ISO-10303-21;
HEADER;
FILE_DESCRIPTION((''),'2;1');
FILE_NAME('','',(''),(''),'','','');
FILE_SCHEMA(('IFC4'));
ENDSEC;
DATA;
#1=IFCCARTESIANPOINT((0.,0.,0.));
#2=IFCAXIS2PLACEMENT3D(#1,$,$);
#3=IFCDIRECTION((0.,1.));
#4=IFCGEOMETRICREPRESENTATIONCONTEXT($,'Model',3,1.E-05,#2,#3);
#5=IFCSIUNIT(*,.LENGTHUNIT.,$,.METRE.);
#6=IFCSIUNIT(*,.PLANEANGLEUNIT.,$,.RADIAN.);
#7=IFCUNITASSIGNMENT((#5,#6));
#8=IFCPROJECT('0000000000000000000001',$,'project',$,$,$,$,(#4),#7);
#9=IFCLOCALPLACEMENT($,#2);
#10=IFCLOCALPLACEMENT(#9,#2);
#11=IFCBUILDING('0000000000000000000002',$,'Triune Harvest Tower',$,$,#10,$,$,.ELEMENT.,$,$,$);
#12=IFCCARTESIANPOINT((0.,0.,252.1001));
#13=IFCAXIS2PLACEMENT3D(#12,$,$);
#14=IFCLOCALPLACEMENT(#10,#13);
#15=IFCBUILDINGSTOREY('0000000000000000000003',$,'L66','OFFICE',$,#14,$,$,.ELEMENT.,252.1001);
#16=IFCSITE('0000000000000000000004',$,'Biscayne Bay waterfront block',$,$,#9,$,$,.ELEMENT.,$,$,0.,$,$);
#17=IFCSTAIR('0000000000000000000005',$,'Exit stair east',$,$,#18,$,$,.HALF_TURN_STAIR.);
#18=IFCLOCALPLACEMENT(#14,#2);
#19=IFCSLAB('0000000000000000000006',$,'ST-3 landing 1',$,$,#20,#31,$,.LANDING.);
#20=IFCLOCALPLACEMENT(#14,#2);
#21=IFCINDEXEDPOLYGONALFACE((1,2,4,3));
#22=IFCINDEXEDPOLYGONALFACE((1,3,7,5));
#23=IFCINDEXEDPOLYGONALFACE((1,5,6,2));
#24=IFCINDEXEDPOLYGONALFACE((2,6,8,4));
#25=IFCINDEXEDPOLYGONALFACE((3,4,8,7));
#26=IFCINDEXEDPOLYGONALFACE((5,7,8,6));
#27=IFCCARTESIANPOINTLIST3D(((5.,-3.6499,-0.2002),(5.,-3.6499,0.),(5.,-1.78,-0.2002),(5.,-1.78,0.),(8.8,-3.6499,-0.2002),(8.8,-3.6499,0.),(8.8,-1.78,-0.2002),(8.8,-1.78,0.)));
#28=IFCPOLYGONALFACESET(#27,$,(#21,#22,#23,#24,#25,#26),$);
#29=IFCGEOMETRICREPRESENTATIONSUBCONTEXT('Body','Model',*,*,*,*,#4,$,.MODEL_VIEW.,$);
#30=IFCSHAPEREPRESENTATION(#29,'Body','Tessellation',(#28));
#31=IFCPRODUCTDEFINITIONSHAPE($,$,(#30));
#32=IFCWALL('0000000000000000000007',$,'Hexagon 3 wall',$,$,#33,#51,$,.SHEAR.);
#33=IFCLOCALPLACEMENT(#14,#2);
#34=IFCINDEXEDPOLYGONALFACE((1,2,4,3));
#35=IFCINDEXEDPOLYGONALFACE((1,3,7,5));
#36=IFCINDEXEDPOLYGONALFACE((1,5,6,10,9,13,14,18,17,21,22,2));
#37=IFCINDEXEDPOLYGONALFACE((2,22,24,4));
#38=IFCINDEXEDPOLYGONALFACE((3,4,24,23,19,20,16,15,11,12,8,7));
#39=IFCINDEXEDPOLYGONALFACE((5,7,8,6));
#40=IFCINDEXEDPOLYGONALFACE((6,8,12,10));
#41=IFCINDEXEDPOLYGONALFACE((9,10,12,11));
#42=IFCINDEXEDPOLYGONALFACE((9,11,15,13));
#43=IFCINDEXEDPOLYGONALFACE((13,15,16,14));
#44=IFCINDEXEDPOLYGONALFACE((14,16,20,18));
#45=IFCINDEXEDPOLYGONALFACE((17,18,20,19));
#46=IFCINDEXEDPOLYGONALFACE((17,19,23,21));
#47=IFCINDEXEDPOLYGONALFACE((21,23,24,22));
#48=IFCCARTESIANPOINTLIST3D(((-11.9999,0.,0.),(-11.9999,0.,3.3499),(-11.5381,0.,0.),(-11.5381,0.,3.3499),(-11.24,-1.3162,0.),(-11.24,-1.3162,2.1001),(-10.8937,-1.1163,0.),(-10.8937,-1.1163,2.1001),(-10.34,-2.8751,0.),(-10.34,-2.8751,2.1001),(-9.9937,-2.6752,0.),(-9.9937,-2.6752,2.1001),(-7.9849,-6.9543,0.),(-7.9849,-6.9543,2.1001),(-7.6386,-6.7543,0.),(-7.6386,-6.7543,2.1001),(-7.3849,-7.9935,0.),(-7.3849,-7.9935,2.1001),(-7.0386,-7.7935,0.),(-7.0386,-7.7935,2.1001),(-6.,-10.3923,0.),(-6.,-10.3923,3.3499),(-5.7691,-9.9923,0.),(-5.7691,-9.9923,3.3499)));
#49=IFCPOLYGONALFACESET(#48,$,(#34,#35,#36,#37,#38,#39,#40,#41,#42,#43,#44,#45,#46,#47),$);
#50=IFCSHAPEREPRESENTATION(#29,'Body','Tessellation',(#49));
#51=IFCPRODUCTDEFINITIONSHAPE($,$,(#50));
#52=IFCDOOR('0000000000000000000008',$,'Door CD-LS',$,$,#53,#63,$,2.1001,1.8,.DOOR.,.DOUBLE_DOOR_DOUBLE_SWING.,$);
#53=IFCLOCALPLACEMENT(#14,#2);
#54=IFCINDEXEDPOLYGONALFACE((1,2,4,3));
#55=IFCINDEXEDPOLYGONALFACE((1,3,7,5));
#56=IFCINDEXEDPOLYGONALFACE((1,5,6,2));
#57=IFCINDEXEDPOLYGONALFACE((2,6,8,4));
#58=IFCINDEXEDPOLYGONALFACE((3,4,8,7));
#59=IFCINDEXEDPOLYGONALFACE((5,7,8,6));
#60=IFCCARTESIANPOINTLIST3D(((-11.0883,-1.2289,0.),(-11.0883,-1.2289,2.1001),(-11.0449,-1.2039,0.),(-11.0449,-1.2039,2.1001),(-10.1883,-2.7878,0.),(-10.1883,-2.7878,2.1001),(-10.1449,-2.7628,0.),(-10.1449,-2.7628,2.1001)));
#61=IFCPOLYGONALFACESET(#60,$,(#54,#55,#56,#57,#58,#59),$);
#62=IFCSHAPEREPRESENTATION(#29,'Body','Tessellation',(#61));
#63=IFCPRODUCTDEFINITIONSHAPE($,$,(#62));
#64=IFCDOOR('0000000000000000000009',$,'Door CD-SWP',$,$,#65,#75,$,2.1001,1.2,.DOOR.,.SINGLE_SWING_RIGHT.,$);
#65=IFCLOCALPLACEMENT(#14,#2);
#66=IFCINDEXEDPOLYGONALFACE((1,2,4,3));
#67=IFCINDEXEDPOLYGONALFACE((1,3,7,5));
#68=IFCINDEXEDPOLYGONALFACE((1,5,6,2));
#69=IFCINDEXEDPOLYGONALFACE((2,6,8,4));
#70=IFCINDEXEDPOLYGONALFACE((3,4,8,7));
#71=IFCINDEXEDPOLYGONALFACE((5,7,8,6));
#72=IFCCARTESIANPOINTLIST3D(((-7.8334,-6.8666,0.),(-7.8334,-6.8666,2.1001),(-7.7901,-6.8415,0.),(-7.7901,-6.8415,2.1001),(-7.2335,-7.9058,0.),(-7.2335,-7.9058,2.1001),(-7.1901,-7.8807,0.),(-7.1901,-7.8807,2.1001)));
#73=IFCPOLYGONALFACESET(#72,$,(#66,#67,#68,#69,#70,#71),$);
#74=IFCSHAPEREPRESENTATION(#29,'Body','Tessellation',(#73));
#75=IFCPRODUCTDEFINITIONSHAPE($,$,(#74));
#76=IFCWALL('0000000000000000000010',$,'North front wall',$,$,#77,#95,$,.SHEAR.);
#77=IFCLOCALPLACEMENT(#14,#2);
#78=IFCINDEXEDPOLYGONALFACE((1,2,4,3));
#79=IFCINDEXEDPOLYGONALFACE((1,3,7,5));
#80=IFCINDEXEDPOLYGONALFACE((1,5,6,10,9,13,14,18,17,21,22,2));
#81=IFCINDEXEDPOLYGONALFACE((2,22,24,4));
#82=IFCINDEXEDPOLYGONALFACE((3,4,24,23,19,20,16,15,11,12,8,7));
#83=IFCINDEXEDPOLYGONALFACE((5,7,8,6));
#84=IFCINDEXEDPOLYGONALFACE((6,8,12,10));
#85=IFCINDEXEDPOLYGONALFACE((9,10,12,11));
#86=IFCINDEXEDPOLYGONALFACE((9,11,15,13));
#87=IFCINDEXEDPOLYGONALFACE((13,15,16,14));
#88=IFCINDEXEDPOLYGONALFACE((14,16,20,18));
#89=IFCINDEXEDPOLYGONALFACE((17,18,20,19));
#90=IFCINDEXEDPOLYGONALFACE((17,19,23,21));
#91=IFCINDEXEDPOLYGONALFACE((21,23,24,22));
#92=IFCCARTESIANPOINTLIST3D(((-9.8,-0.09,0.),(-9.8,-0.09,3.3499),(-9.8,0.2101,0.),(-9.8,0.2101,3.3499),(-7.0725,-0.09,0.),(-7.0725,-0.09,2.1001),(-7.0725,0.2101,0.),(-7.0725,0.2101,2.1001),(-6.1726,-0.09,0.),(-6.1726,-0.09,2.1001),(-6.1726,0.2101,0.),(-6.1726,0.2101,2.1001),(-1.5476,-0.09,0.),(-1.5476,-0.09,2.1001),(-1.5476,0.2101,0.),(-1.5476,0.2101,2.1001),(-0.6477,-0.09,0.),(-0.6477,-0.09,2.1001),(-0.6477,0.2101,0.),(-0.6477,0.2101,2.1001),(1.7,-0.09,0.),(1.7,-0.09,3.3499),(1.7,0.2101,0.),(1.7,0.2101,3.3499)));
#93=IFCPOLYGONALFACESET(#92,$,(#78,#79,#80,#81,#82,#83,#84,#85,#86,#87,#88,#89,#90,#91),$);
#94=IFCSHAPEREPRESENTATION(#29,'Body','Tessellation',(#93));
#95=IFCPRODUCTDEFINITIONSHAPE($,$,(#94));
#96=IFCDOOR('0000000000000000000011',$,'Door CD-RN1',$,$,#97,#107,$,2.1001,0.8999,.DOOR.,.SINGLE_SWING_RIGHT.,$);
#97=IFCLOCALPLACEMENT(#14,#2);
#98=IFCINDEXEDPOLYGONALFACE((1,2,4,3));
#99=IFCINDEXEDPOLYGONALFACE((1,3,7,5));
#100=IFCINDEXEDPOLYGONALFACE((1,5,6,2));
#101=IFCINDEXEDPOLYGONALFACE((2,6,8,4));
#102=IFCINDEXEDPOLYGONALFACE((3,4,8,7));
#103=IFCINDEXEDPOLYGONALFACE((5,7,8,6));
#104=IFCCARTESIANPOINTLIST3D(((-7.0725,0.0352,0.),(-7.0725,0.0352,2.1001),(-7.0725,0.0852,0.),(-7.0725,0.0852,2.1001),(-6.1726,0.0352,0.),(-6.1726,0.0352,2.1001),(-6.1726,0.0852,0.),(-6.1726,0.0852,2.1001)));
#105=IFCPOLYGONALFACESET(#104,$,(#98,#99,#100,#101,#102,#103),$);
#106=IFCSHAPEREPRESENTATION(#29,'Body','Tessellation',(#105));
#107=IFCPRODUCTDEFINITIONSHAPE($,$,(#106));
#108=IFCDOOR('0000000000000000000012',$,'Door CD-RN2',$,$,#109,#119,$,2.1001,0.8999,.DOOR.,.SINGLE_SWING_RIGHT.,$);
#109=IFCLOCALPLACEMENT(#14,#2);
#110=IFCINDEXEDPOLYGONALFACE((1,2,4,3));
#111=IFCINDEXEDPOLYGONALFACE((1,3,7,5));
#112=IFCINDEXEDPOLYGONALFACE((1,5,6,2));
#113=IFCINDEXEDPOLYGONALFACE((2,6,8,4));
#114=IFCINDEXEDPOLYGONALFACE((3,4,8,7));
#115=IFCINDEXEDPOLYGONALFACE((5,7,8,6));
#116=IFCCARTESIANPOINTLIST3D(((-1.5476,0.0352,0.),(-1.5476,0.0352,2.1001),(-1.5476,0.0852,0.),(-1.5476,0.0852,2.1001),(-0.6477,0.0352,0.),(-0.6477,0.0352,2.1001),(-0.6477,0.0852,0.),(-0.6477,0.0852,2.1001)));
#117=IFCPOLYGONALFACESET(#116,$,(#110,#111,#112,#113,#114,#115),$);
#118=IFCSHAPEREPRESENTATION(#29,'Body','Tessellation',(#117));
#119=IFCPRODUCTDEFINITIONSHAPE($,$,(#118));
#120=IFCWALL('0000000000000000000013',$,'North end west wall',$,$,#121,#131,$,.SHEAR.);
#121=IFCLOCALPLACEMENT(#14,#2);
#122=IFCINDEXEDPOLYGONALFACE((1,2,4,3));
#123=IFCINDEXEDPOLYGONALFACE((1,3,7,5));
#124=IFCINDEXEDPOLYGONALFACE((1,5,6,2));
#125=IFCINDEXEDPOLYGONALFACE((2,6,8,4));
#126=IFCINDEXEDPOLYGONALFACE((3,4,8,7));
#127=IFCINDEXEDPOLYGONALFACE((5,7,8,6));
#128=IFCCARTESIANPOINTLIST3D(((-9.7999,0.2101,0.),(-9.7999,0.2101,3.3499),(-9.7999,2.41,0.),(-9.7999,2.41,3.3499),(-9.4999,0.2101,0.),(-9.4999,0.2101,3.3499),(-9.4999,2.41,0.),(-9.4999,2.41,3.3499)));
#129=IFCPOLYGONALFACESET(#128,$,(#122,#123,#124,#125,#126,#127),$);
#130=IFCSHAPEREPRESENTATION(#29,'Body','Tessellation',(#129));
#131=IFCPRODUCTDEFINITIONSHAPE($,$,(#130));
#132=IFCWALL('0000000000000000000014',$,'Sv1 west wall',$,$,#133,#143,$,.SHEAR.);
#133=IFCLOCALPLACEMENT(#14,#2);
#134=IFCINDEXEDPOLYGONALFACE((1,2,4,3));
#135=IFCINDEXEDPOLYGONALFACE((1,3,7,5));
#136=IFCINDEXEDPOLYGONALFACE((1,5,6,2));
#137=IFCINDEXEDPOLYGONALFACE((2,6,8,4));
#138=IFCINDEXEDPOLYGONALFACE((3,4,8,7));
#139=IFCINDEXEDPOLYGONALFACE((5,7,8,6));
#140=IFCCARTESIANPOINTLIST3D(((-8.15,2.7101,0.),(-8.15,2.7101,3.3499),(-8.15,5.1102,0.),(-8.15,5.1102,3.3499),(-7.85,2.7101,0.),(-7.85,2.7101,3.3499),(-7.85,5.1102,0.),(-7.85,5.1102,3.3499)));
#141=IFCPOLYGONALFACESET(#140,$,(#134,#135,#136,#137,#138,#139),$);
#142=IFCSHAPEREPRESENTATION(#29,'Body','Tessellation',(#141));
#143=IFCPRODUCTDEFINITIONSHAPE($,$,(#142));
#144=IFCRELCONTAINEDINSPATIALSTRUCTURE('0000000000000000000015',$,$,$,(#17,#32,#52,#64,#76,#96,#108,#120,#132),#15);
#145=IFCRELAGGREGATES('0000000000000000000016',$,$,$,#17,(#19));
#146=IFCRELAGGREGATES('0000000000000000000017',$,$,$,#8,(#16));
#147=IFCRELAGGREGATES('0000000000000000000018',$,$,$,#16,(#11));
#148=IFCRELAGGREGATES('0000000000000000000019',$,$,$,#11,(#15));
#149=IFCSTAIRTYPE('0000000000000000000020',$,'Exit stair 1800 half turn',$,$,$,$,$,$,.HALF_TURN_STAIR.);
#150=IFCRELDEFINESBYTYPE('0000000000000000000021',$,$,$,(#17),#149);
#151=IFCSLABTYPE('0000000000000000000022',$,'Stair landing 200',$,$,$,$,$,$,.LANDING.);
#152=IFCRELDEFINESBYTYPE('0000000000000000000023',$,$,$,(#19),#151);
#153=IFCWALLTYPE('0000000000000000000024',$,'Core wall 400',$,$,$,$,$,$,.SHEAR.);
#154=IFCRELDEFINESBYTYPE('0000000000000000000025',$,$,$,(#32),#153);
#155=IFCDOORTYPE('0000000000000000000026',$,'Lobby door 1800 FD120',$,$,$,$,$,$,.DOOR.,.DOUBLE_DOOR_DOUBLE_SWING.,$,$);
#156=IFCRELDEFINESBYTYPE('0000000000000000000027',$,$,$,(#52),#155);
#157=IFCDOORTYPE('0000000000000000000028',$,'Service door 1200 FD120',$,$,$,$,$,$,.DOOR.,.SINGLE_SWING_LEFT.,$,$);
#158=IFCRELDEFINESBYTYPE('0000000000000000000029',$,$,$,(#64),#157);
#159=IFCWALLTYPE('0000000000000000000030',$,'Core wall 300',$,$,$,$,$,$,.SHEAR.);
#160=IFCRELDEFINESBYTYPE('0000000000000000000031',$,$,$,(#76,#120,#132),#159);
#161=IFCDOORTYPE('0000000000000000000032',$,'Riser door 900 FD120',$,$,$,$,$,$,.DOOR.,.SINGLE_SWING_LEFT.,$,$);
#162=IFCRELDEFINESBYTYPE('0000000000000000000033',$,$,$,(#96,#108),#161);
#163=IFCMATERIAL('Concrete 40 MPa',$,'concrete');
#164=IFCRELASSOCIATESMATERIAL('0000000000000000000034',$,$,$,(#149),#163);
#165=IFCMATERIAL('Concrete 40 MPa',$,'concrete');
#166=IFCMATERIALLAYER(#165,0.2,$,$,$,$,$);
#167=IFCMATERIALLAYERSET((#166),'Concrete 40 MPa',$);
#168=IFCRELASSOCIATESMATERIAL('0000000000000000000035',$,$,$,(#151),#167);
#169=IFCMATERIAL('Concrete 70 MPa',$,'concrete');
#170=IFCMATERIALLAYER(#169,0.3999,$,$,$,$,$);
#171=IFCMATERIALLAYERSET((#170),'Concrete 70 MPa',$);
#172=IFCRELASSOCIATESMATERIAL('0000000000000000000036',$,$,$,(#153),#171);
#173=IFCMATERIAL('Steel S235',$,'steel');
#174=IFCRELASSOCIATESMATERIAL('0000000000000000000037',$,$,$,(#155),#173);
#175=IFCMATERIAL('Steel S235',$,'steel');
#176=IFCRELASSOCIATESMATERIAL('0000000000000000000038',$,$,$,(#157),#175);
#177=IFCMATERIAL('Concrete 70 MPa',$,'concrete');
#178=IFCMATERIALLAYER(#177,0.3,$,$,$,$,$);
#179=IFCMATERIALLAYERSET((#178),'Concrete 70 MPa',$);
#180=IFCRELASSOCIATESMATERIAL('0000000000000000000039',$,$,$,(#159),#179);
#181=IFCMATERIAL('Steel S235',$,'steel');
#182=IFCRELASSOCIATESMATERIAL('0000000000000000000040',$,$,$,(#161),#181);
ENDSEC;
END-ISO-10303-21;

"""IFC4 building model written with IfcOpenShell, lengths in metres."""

from ifc_helpers import new_model, si_unit, direction, frame, frame_2d, origin, place, context, subcontext, project, spatial, polyline, rectangle, outline, extrude, source, transform, mapped, material, layer, layer_set, type_object, element, fill, aggregate, save


model = new_model("IFC4")

# Units and contexts
model_context = context("Model", 3, precision=1e-05, world=origin(), true_north=direction((0.0, 1.0)))
body_context = subcontext(model_context, "Body", "Model", "MODEL_VIEW")
ifc_project = project(units=[si_unit("LENGTHUNIT", "METRE"), si_unit("PLANEANGLEUNIT", "RADIAN")], contexts=[model_context])

# Site, building, storey
site_placement = place(None, origin())
site = spatial("IfcSite", under=ifc_project, at=site_placement, Name="Biscayne Bay waterfront block", CompositionType="ELEMENT", RefElevation=0.0)
building_placement = place(site_placement, origin())
building = spatial("IfcBuilding", under=site, at=building_placement, Name="Triune Harvest Tower", CompositionType="ELEMENT")
storey_placement = place(building_placement, frame((0.0, 0.0, 252.1001)))
storey = spatial("IfcBuildingStorey", under=building, at=storey_placement, Name="L66", Description="OFFICE", CompositionType="ELEMENT", Elevation=252.1001)

# Stair, slab
ifc_material_1 = material(Name="Concrete 40 MPa", Category="concrete")
stair_type = type_object("IfcStairType", Name="Exit stair 1800 half turn", PredefinedType="HALF_TURN_STAIR", material=ifc_material_1)
ifc_material_2 = material(Name="Concrete 40 MPa", Category="concrete")
ifc_layer_1 = layer(ifc_material_2, 0.2)
ifc_layer_set_1 = layer_set([ifc_layer_1], Name="Concrete 40 MPa")
slab_type_1 = type_object("IfcSlabType", Name="Stair landing 200", PredefinedType="LANDING", material=ifc_layer_set_1)
stair_1_placement = place(storey_placement, origin())
stair_1 = element("IfcStair", 1, at=stair_1_placement, inside=storey, type_object=stair_type, Name="Exit stair east", PredefinedType="HALF_TURN_STAIR")
shared_shape_1 = source(origin(), body_context, "Body", "SweptSolid", [
    extrude(outline(polyline([(8.8, -3.6499), (8.8, -1.78), (5.0, -1.78), (5.0, -3.6499), (8.8, -3.6499)])), origin(), (0.0, 0.0, 1.0), 0.2002),
])
slab_1_placement = place(storey_placement, frame((0.0, 0.0, -0.2002)))
slab_1 = element("IfcSlab", 2, at=slab_1_placement, type_object=slab_type_1, Name="ST-3 landing 1", PredefinedType="LANDING", context=body_context, shape_type="MappedRepresentation", body=[
    mapped(shared_shape_1, transform((0.0, 0.0, 0.0), scale=1.0)),
])
aggregate(stair_1, [slab_1])

# Walls, openings, doors
ifc_material_3 = material(Name="Concrete 70 MPa", Category="concrete")
ifc_layer_2 = layer(ifc_material_3, 0.3999)
ifc_layer_set_2 = layer_set([ifc_layer_2], Name="Concrete 70 MPa")
wall_type_1 = type_object("IfcWallType", Name="Core wall 400", PredefinedType="SHEAR", material=ifc_layer_set_2)
shared_shape_2 = source(origin(), body_context, "Body", "SweptSolid", [
    extrude(outline(polyline([(-0.1155, -0.2), (11.8845, -0.2), (11.6536, 0.2), (0.1155, 0.2), (-0.1155, -0.2)])), origin(), (0.0, 0.0, 1.0), 3.3499),
])
wall_1_placement = place(storey_placement, frame((-11.769, 0.0, 0.0), z_axis=(0.0, 0.0, 1.0), x_axis=(0.499997, -0.866027, 0.0)))
wall_1 = element("IfcWall", 3, at=wall_1_placement, inside=storey, type_object=wall_type_1, Name="Hexagon 3 wall", PredefinedType="SHEAR", context=body_context, shape_type="MappedRepresentation", body=[
    mapped(shared_shape_2, transform((0.0, 0.0, 0.0), scale=1.0)),
])
opening_1_placement = place(wall_1_placement, frame((1.4045, 0.0, 0.0)))
opening_1 = element("IfcOpeningElement", 4, at=opening_1_placement, cuts=wall_1, PredefinedType="OPENING", context=body_context, shape_type="SweptSolid", body=[
    extrude(rectangle(XDim=1.8, YDim=2.1001, at=frame_2d((0.8999, 1.05))), frame((0.0, 0.21, 0.0), z_axis=(0.0, -1.0, 0.0), x_axis=(1.0, 0.0, 0.0)), (0.0, 0.0, 1.0), 0.4199),
])
opening_2_placement = place(wall_1_placement, frame((7.9146, 0.0, 0.0)))
opening_2 = element("IfcOpeningElement", 5, at=opening_2_placement, cuts=wall_1, PredefinedType="OPENING", context=body_context, shape_type="SweptSolid", body=[
    extrude(rectangle(XDim=1.2, YDim=2.1001, at=frame_2d((0.6001, 1.05))), frame((0.0, 0.21, 0.0), z_axis=(0.0, -1.0, 0.0), x_axis=(1.0, 0.0, 0.0)), (0.0, 0.0, 1.0), 0.4199),
])
ifc_material_4 = material(Name="Steel S235", Category="steel")
door_type_1 = type_object("IfcDoorType", Name="Lobby door 1800 FD120", OperationType="DOUBLE_DOOR_DOUBLE_SWING", PredefinedType="DOOR", material=ifc_material_4)
door_1_placement = place(opening_1_placement, frame((1.8, 0.0, 0.0), z_axis=(0.0, 0.0, 1.0), x_axis=(-1.0, 0.0, 0.0)))
door_1 = element("IfcDoor", 6, at=door_1_placement, inside=storey, type_object=door_type_1, Name="Door CD-LS", OperationType="DOUBLE_DOOR_DOUBLE_SWING", OverallHeight=2.1001, OverallWidth=1.8, PredefinedType="DOOR", context=body_context, shape_type="SweptSolid", body=[
    extrude(rectangle(XDim=1.8, YDim=2.1001, at=frame_2d((0.8999, 1.05))), frame((0.0, 0.0249, 0.0), z_axis=(0.0, -1.0, 0.0), x_axis=(1.0, 0.0, 0.0)), (0.0, 0.0, 1.0), 0.05),
])
fill(opening_1, door_1)
ifc_material_5 = material(Name="Steel S235", Category="steel")
door_type_2 = type_object("IfcDoorType", Name="Service door 1200 FD120", OperationType="SINGLE_SWING_LEFT", PredefinedType="DOOR", material=ifc_material_5)
door_2_placement = place(opening_2_placement, frame((1.2, 0.0, 0.0), z_axis=(0.0, 0.0, 1.0), x_axis=(-1.0, 0.0, 0.0)))
door_2 = element("IfcDoor", 7, at=door_2_placement, inside=storey, type_object=door_type_2, Name="Door CD-SWP", OperationType="SINGLE_SWING_RIGHT", OverallHeight=2.1001, OverallWidth=1.2, PredefinedType="DOOR", context=body_context, shape_type="SweptSolid", body=[
    extrude(rectangle(XDim=1.2, YDim=2.1001, at=frame_2d((0.6001, 1.05))), frame((0.0, 0.0249, 0.0), z_axis=(0.0, -1.0, 0.0), x_axis=(1.0, 0.0, 0.0)), (0.0, 0.0, 1.0), 0.05),
])
fill(opening_2, door_2)
ifc_material_6 = material(Name="Concrete 70 MPa", Category="concrete")
ifc_layer_3 = layer(ifc_material_6, 0.3)
ifc_layer_set_3 = layer_set([ifc_layer_3], Name="Concrete 70 MPa")
wall_type_2 = type_object("IfcWallType", Name="Core wall 300", PredefinedType="SHEAR", material=ifc_layer_set_3)
shared_shape_3 = source(origin(), body_context, "Body", "SweptSolid", [
    extrude(rectangle(XDim=11.5, YDim=0.3, at=frame_2d((5.75, 0.0))), origin(), (0.0, 0.0, 1.0), 3.3499),
])
wall_2_placement = place(storey_placement, frame((-9.8, 0.0601, 0.0), z_axis=(0.0, 0.0, 1.0), x_axis=(1.0, 0.0, 0.0)))
wall_2 = element("IfcWall", 8, at=wall_2_placement, inside=storey, type_object=wall_type_2, Name="North front wall", PredefinedType="SHEAR", context=body_context, shape_type="MappedRepresentation", body=[
    mapped(shared_shape_3, transform((0.0, 0.0, 0.0), scale=1.0)),
])
opening_3_placement = place(wall_2_placement, frame((2.7275, 0.0, 0.0)))
opening_3 = element("IfcOpeningElement", 9, at=opening_3_placement, cuts=wall_2, PredefinedType="OPENING", context=body_context, shape_type="SweptSolid", body=[
    extrude(rectangle(XDim=0.8999, YDim=2.1001, at=frame_2d((0.45, 1.05))), frame((0.0, 0.1602, 0.0), z_axis=(0.0, -1.0, 0.0), x_axis=(1.0, 0.0, 0.0)), (0.0, 0.0, 1.0), 0.3201),
])
opening_4_placement = place(wall_2_placement, frame((8.2524, 0.0, 0.0)))
opening_4 = element("IfcOpeningElement", 10, at=opening_4_placement, cuts=wall_2, PredefinedType="OPENING", context=body_context, shape_type="SweptSolid", body=[
    extrude(rectangle(XDim=0.8999, YDim=2.1001, at=frame_2d((0.45, 1.05))), frame((0.0, 0.1602, 0.0), z_axis=(0.0, -1.0, 0.0), x_axis=(1.0, 0.0, 0.0)), (0.0, 0.0, 1.0), 0.3201),
])
ifc_material_7 = material(Name="Steel S235", Category="steel")
door_type_3 = type_object("IfcDoorType", Name="Riser door 900 FD120", OperationType="SINGLE_SWING_LEFT", PredefinedType="DOOR", material=ifc_material_7)
door_3_placement = place(opening_3_placement, frame((0.8999, 0.0, 0.0), z_axis=(0.0, 0.0, 1.0), x_axis=(-1.0, 0.0, 0.0)))
door_3 = element("IfcDoor", 11, at=door_3_placement, inside=storey, type_object=door_type_3, Name="Door CD-RN1", OperationType="SINGLE_SWING_RIGHT", OverallHeight=2.1001, OverallWidth=0.8999, PredefinedType="DOOR", context=body_context, shape_type="SweptSolid", body=[
    extrude(rectangle(XDim=0.8999, YDim=2.1001, at=frame_2d((0.45, 1.05))), frame((0.0, 0.0249, 0.0), z_axis=(0.0, -1.0, 0.0), x_axis=(1.0, 0.0, 0.0)), (0.0, 0.0, 1.0), 0.05),
])
fill(opening_3, door_3)
door_4_placement = place(opening_4_placement, frame((0.8999, 0.0, 0.0), z_axis=(0.0, 0.0, 1.0), x_axis=(-1.0, 0.0, 0.0)))
door_4 = element("IfcDoor", 12, at=door_4_placement, inside=storey, type_object=door_type_3, Name="Door CD-RN2", OperationType="SINGLE_SWING_RIGHT", OverallHeight=2.1001, OverallWidth=0.8999, PredefinedType="DOOR", context=body_context, shape_type="SweptSolid", body=[
    extrude(rectangle(XDim=0.8999, YDim=2.1001, at=frame_2d((0.45, 1.05))), frame((0.0, 0.0249, 0.0), z_axis=(0.0, -1.0, 0.0), x_axis=(1.0, 0.0, 0.0)), (0.0, 0.0, 1.0), 0.05),
])
fill(opening_4, door_4)

# Walls
shared_shape_4 = source(origin(), body_context, "Body", "SweptSolid", [
    extrude(rectangle(XDim=2.2, YDim=0.3, at=frame_2d((1.1001, 0.0))), origin(), (0.0, 0.0, 1.0), 3.3499),
])
wall_3_placement = place(storey_placement, frame((-9.6499, 0.21, 0.0), z_axis=(0.0, 0.0, 1.0), x_axis=(0.0, 1.0, 0.0)))
element("IfcWall", 13, at=wall_3_placement, inside=storey, type_object=wall_type_2, Name="North end west wall", PredefinedType="SHEAR", context=body_context, shape_type="MappedRepresentation", body=[
    mapped(shared_shape_4, transform((0.0, 0.0, 0.0), scale=1.0)),
])
shared_shape_5 = source(origin(), body_context, "Body", "SweptSolid", [
    extrude(rectangle(XDim=2.4001, YDim=0.3, at=frame_2d((1.2002, 0.0))), origin(), (0.0, 0.0, 1.0), 3.3499),
])
wall_4_placement = place(storey_placement, frame((-8.0, 2.71, 0.0), z_axis=(0.0, 0.0, 1.0), x_axis=(0.0, 1.0, 0.0)))
element("IfcWall", 14, at=wall_4_placement, inside=storey, type_object=wall_type_2, Name="Sv1 west wall", PredefinedType="SHEAR", context=body_context, shape_type="MappedRepresentation", body=[
    mapped(shared_shape_5, transform((0.0, 0.0, 0.0), scale=1.0)),
])

save(model, "model.ifc")
